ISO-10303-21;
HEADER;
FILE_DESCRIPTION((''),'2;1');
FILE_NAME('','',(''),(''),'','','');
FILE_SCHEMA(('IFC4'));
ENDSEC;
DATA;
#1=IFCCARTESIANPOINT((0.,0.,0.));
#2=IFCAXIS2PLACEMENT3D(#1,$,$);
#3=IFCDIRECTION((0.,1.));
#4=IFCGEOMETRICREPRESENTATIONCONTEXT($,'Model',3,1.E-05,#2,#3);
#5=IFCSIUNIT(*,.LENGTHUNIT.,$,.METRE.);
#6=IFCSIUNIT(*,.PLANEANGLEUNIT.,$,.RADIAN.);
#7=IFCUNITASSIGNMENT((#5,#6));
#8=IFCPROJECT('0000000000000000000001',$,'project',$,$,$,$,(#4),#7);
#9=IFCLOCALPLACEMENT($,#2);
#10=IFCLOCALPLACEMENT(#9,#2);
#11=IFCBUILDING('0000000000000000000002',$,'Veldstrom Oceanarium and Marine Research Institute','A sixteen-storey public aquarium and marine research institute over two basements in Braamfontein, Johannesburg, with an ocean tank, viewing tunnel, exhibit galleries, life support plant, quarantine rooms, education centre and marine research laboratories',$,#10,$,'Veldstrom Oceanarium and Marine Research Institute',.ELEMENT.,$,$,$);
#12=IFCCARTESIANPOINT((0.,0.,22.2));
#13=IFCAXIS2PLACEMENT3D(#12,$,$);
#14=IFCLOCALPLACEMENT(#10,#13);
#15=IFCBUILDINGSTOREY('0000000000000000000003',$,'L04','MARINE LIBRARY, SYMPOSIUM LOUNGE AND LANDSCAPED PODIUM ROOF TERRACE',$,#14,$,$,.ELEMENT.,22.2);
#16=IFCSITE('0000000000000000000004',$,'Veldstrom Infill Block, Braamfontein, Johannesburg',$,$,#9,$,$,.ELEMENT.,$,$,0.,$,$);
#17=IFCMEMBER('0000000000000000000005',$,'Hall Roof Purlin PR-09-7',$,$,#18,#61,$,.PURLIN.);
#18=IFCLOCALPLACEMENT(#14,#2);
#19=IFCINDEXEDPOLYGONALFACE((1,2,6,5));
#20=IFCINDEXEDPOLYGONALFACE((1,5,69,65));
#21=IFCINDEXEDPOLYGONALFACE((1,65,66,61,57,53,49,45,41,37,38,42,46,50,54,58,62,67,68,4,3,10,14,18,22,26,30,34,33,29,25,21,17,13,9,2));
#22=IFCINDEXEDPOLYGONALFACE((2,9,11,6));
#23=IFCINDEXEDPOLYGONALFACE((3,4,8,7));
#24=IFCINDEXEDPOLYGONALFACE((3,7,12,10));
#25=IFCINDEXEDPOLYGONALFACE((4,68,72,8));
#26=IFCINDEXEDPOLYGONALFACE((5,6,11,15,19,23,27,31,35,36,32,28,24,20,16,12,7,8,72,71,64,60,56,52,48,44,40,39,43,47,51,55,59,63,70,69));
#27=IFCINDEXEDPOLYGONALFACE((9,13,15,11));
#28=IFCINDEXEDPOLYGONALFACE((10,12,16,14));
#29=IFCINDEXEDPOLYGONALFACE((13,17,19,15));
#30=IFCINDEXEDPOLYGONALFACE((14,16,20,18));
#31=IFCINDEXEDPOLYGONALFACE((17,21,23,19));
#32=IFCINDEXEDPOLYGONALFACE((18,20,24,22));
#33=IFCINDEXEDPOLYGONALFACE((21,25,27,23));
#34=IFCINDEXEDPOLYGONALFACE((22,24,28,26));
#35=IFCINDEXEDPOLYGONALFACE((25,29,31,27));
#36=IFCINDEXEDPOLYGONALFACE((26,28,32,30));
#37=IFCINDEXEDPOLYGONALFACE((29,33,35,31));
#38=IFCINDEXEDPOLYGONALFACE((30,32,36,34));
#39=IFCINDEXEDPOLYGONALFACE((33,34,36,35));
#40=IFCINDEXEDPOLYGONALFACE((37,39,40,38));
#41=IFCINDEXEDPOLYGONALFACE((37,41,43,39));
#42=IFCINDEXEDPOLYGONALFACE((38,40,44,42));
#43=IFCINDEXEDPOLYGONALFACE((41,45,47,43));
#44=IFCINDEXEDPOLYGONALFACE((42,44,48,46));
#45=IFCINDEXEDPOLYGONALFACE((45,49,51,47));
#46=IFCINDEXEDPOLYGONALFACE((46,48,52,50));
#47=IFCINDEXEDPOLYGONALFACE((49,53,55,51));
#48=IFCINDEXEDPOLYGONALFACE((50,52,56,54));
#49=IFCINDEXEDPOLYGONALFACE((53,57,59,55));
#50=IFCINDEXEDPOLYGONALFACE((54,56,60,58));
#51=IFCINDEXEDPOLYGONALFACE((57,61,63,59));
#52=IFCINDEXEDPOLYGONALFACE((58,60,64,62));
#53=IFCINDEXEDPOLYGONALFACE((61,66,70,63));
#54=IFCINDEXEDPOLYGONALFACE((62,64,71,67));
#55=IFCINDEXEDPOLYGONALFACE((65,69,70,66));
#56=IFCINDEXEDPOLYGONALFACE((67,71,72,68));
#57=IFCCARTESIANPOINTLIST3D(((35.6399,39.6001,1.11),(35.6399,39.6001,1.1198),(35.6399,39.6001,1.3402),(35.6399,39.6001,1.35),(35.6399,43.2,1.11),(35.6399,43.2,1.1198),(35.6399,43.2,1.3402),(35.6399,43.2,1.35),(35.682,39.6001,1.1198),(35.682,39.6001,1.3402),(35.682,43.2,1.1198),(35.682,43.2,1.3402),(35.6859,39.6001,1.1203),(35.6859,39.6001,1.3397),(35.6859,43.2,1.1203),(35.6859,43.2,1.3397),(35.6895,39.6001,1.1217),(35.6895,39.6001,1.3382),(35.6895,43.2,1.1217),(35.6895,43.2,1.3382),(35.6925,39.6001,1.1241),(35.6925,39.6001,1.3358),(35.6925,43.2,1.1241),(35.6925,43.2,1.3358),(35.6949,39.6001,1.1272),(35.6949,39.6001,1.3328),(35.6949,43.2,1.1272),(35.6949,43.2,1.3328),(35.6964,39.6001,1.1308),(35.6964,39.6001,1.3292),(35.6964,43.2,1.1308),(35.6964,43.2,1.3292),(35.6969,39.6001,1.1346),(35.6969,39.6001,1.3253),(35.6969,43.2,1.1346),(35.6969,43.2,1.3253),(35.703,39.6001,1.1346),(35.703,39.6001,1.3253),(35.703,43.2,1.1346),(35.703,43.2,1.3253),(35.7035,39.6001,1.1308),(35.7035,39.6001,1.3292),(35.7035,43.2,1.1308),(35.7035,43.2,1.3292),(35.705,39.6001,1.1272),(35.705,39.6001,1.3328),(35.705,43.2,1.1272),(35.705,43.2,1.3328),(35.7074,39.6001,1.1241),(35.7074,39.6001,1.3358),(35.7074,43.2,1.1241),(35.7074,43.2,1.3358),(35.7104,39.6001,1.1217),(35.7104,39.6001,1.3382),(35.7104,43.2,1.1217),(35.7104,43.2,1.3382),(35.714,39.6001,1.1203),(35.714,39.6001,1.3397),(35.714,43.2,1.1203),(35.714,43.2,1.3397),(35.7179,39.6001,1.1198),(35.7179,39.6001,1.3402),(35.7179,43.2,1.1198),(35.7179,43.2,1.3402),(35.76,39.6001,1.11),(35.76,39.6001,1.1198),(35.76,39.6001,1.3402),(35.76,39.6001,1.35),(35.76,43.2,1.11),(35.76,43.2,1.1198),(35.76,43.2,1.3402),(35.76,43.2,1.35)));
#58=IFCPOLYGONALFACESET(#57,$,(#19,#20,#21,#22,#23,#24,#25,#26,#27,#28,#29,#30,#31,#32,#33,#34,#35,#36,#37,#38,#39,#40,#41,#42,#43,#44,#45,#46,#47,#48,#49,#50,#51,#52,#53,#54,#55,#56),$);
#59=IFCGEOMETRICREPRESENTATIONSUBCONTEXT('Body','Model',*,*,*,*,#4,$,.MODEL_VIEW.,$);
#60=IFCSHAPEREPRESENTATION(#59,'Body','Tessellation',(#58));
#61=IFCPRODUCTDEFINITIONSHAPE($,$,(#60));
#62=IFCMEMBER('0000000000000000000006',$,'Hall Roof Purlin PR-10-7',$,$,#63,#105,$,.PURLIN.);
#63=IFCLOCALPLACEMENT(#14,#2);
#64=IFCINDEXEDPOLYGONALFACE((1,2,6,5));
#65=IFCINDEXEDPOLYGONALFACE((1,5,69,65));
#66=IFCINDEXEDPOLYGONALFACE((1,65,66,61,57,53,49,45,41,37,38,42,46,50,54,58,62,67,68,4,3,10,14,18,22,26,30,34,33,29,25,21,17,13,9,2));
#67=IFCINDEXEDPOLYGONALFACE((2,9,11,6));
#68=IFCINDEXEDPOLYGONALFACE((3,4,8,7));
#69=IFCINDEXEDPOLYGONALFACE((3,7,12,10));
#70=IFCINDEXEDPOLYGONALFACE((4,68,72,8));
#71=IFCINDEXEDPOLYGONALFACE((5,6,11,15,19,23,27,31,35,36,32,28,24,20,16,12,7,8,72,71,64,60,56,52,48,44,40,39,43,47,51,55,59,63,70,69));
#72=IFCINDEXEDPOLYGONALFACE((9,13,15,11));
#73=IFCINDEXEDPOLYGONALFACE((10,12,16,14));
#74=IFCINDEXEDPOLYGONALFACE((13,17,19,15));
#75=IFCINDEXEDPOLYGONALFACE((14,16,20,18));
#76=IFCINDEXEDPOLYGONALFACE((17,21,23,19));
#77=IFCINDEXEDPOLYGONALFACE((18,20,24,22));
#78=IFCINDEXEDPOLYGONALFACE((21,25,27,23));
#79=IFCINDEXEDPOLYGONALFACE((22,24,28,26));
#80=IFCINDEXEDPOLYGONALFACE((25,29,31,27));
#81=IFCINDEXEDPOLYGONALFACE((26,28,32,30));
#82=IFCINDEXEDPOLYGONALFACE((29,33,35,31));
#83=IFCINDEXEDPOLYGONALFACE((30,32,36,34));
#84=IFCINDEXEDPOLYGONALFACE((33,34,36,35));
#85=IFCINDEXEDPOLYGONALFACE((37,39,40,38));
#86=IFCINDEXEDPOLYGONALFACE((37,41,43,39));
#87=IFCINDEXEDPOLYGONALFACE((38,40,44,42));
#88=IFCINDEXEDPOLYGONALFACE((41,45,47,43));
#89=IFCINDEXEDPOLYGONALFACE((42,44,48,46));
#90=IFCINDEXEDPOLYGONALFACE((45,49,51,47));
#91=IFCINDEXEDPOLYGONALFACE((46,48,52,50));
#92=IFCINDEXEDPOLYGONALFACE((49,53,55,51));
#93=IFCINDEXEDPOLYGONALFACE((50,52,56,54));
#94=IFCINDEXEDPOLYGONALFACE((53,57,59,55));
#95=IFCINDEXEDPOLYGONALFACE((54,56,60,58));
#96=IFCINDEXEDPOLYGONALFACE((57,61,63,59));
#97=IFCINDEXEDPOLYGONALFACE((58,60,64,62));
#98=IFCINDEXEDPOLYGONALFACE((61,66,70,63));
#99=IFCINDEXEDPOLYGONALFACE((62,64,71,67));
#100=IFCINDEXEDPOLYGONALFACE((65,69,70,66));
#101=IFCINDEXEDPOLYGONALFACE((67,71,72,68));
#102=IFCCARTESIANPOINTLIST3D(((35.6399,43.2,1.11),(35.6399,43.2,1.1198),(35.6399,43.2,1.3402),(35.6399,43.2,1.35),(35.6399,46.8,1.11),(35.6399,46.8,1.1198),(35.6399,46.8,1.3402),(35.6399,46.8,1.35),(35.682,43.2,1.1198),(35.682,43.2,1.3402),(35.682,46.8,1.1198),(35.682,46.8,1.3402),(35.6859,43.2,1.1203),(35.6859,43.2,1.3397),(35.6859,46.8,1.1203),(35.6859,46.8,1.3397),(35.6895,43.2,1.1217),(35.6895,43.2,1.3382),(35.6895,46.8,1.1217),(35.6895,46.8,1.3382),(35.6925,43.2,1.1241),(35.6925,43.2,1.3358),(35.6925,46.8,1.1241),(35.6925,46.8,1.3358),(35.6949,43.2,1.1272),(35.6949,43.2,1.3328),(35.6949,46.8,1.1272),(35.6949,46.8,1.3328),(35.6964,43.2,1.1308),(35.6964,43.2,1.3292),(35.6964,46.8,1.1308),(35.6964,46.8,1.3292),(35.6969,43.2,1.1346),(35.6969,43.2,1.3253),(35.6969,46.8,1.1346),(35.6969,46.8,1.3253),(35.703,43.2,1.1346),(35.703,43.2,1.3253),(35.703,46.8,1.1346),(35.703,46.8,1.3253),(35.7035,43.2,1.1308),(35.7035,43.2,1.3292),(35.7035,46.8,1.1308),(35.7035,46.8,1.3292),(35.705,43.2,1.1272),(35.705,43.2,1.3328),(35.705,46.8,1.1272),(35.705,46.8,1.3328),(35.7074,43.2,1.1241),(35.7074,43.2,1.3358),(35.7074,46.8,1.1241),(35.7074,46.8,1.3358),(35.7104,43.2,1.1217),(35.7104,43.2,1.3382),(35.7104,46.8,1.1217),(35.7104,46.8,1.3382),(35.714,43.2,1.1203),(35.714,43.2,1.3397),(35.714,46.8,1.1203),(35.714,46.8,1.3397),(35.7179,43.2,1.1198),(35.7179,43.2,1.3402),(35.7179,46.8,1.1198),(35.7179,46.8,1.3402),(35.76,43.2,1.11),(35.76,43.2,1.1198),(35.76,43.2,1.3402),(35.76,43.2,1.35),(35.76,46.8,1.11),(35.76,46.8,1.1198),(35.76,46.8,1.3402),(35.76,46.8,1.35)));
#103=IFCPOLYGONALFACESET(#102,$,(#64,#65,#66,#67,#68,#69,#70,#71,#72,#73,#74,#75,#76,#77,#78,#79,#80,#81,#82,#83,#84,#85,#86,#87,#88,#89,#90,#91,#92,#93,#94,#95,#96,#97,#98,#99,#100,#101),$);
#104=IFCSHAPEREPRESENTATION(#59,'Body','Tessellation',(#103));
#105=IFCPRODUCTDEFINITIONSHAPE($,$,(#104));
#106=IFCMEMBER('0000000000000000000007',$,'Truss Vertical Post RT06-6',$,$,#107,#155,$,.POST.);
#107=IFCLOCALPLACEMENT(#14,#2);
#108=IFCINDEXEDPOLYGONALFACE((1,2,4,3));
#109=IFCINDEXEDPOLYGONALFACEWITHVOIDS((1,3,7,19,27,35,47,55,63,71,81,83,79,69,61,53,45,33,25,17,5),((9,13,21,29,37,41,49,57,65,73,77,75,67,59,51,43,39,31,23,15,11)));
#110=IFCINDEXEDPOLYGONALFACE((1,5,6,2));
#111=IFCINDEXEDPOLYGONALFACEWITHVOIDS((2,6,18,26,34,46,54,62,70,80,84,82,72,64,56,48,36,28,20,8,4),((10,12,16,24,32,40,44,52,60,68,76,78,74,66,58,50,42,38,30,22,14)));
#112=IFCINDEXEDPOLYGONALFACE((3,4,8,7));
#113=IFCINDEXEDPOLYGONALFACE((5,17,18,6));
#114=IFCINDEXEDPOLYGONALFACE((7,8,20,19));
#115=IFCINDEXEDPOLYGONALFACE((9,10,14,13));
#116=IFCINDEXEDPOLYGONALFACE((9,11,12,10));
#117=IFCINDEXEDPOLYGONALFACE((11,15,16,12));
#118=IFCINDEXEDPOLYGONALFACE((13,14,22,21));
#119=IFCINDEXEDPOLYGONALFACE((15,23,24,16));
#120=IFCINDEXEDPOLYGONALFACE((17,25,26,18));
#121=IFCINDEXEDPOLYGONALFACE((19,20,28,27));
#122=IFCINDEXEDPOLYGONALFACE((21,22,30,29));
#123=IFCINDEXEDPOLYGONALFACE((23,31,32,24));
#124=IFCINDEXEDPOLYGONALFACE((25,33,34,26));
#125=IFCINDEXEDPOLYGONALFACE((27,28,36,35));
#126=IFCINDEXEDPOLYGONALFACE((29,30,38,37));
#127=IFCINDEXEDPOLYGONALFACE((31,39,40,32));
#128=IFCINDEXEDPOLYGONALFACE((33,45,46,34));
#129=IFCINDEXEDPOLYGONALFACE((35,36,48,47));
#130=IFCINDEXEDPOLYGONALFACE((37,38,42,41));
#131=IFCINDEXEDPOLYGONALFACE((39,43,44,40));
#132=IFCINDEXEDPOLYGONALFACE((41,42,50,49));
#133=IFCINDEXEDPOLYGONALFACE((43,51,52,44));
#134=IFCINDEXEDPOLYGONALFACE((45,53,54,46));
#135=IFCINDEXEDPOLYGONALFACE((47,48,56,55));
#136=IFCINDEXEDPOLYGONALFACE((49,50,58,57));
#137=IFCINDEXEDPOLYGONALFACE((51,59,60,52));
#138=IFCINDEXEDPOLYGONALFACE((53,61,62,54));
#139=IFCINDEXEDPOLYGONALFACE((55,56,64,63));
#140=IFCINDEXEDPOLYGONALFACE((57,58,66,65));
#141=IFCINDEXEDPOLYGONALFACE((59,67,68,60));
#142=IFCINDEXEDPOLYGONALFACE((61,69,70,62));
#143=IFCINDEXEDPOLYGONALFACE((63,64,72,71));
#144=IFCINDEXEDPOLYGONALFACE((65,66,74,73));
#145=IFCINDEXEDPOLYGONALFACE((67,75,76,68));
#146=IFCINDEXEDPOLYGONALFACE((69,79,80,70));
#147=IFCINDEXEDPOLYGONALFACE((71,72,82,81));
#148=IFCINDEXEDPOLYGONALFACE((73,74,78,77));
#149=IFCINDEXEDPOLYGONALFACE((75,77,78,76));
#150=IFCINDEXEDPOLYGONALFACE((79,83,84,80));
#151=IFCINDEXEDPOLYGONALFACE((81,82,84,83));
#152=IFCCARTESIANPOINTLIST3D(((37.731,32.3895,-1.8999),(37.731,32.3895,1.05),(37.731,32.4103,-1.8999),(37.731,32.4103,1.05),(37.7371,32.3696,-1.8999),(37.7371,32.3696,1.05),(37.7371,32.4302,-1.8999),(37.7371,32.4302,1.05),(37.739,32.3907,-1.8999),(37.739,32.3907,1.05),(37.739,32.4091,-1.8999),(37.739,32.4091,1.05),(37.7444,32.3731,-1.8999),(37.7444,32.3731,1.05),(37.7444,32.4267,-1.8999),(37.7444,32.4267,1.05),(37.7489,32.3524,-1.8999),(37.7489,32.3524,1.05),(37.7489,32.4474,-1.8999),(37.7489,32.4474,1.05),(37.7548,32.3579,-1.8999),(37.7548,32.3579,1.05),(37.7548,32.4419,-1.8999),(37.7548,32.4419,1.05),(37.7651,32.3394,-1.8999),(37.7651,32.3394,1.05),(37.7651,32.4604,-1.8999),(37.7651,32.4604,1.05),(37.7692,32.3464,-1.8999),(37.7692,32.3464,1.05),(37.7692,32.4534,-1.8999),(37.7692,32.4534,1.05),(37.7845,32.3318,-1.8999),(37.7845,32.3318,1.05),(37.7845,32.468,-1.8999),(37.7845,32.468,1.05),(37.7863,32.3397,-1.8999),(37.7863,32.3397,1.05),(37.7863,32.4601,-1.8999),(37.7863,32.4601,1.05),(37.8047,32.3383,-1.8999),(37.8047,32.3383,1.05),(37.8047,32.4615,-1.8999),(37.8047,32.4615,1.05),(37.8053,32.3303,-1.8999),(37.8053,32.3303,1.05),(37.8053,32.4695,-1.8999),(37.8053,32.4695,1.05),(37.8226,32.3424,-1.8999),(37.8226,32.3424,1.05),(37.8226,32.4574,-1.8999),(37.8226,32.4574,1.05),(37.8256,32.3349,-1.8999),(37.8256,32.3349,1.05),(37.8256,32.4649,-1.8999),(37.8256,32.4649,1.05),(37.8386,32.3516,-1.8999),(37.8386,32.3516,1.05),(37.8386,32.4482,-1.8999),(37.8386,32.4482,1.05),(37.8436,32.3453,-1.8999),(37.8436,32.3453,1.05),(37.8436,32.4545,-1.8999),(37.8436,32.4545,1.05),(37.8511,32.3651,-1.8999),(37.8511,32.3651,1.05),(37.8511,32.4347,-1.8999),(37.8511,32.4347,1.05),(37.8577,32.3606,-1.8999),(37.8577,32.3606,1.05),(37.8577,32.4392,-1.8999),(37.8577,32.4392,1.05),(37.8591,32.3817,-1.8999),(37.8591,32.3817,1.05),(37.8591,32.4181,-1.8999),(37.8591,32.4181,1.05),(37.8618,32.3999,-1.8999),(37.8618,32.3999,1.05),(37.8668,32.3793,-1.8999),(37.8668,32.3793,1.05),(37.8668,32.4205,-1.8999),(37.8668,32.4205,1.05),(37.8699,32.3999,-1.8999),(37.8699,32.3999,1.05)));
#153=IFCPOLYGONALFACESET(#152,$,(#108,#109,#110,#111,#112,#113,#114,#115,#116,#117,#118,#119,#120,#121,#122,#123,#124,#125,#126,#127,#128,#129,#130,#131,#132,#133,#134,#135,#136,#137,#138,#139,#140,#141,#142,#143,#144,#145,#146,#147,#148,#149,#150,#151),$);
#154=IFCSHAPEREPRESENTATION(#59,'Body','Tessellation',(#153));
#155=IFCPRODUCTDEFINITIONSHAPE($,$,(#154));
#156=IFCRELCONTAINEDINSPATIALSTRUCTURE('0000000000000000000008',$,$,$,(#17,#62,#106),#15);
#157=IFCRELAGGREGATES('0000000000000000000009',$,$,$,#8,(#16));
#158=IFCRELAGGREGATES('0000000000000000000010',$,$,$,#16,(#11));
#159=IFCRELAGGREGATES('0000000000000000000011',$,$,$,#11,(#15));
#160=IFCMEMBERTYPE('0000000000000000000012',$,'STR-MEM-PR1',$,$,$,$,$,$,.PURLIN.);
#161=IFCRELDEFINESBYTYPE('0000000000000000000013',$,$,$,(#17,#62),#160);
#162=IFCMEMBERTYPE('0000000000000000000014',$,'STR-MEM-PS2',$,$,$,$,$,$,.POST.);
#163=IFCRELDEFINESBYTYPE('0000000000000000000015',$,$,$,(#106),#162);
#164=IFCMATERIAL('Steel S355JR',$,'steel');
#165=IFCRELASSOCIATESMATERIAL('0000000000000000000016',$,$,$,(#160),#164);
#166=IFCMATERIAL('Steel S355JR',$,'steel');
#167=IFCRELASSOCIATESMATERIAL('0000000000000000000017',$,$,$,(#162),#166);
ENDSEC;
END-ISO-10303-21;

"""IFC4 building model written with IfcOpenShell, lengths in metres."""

from ifc_helpers import new_model, si_unit, direction, frame, origin, origin_2d, place, context, subcontext, project, spatial, hollow_circle, i_section, extrude, material, material_profile, profile_set, type_object, element, save


model = new_model("IFC4")

# Units and contexts
model_context = context("Model", 3, precision=1e-05, world=origin(), true_north=direction((0.0, 1.0)))
body_context = subcontext(model_context, "Body", "Model", "MODEL_VIEW")
ifc_project = project(units=[si_unit("LENGTHUNIT", "METRE"), si_unit("PLANEANGLEUNIT", "RADIAN")], contexts=[model_context])

# Site, building, storey
site_placement = place(None, origin())
site = spatial("IfcSite", under=ifc_project, at=site_placement, Name="Veldstrom Infill Block, Braamfontein, Johannesburg", CompositionType="ELEMENT", RefElevation=0.0)
building_placement = place(site_placement, origin())
building = spatial("IfcBuilding", under=site, at=building_placement, Name="Veldstrom Oceanarium and Marine Research Institute", Description="A sixteen-storey public aquarium and marine research institute over two basements in Braamfontein, Johannesburg, with an ocean tank, viewing tunnel, exhibit galleries, life support plant, quarantine rooms, education centre and marine research laboratories", LongName="Veldstrom Oceanarium and Marine Research Institute", CompositionType="ELEMENT")
storey_placement = place(building_placement, frame((0.0, 0.0, 22.2)))
storey = spatial("IfcBuildingStorey", under=building, at=storey_placement, Name="L04", Description="MARINE LIBRARY, SYMPOSIUM LOUNGE AND LANDSCAPED PODIUM ROOF TERRACE", CompositionType="ELEMENT", Elevation=22.2)

# Members
ifc_material_1 = material(Name="Steel S355JR", Category="steel")
ifc_material_profile_1 = material_profile(ifc_material_1, i_section(OverallWidth=0.1201, OverallDepth=0.24, WebThickness=0.0061, FlangeThickness=0.0098, FilletRadius=0.0149, at=origin_2d()), Name="IPE 240")
ifc_profile_set_1 = profile_set([ifc_material_profile_1], Name="Steel S355JR")
member_type_1 = type_object("IfcMemberType", Name="STR-MEM-PR1", PredefinedType="PURLIN", material=ifc_profile_set_1)
member_1_placement = place(storey_placement, frame((35.7, 39.6001, 1.23), z_axis=(0.0, 1.0, 0.0), x_axis=(-1.0, 0.0, 0.0)))
element("IfcMember", 1, at=member_1_placement, inside=storey, type_object=member_type_1, Name="Hall Roof Purlin PR-09-7", PredefinedType="PURLIN", context=body_context, shape_type="SweptSolid", body=[
    extrude(i_section(OverallWidth=0.1201, OverallDepth=0.24, WebThickness=0.0061, FlangeThickness=0.0098, FilletRadius=0.0149, at=origin_2d()), origin(), (0.0, 0.0, 1.0), 3.5999),
])
member_2_placement = place(storey_placement, frame((35.7, 43.2, 1.23), z_axis=(0.0, 1.0, 0.0), x_axis=(-1.0, 0.0, 0.0)))
element("IfcMember", 2, at=member_2_placement, inside=storey, type_object=member_type_1, Name="Hall Roof Purlin PR-10-7", PredefinedType="PURLIN", context=body_context, shape_type="SweptSolid", body=[
    extrude(i_section(OverallWidth=0.1201, OverallDepth=0.24, WebThickness=0.0061, FlangeThickness=0.0098, FilletRadius=0.0149, at=origin_2d()), origin(), (0.0, 0.0, 1.0), 3.6001),
])
ifc_material_2 = material(Name="Steel S355JR", Category="steel")
ifc_material_profile_2 = material_profile(ifc_material_2, hollow_circle(Radius=0.0698, WallThickness=0.0081, at=origin_2d()), Name="CHS 139.7x8")
ifc_profile_set_2 = profile_set([ifc_material_profile_2], Name="Steel S355JR")
member_type_2 = type_object("IfcMemberType", Name="STR-MEM-PS2", PredefinedType="POST", material=ifc_profile_set_2)
member_3_placement = place(storey_placement, frame((37.8, 32.3999, -1.8999), z_axis=(0.0, 0.0, 1.0), x_axis=(1.0, 0.0, 0.0)))
element("IfcMember", 3, at=member_3_placement, inside=storey, type_object=member_type_2, Name="Truss Vertical Post RT06-6", PredefinedType="POST", context=body_context, shape_type="SweptSolid", body=[
    extrude(hollow_circle(Radius=0.0698, WallThickness=0.0081, at=origin_2d()), origin(), (0.0, 0.0, 1.0), 2.95),
])

save(model, "model.ifc")
